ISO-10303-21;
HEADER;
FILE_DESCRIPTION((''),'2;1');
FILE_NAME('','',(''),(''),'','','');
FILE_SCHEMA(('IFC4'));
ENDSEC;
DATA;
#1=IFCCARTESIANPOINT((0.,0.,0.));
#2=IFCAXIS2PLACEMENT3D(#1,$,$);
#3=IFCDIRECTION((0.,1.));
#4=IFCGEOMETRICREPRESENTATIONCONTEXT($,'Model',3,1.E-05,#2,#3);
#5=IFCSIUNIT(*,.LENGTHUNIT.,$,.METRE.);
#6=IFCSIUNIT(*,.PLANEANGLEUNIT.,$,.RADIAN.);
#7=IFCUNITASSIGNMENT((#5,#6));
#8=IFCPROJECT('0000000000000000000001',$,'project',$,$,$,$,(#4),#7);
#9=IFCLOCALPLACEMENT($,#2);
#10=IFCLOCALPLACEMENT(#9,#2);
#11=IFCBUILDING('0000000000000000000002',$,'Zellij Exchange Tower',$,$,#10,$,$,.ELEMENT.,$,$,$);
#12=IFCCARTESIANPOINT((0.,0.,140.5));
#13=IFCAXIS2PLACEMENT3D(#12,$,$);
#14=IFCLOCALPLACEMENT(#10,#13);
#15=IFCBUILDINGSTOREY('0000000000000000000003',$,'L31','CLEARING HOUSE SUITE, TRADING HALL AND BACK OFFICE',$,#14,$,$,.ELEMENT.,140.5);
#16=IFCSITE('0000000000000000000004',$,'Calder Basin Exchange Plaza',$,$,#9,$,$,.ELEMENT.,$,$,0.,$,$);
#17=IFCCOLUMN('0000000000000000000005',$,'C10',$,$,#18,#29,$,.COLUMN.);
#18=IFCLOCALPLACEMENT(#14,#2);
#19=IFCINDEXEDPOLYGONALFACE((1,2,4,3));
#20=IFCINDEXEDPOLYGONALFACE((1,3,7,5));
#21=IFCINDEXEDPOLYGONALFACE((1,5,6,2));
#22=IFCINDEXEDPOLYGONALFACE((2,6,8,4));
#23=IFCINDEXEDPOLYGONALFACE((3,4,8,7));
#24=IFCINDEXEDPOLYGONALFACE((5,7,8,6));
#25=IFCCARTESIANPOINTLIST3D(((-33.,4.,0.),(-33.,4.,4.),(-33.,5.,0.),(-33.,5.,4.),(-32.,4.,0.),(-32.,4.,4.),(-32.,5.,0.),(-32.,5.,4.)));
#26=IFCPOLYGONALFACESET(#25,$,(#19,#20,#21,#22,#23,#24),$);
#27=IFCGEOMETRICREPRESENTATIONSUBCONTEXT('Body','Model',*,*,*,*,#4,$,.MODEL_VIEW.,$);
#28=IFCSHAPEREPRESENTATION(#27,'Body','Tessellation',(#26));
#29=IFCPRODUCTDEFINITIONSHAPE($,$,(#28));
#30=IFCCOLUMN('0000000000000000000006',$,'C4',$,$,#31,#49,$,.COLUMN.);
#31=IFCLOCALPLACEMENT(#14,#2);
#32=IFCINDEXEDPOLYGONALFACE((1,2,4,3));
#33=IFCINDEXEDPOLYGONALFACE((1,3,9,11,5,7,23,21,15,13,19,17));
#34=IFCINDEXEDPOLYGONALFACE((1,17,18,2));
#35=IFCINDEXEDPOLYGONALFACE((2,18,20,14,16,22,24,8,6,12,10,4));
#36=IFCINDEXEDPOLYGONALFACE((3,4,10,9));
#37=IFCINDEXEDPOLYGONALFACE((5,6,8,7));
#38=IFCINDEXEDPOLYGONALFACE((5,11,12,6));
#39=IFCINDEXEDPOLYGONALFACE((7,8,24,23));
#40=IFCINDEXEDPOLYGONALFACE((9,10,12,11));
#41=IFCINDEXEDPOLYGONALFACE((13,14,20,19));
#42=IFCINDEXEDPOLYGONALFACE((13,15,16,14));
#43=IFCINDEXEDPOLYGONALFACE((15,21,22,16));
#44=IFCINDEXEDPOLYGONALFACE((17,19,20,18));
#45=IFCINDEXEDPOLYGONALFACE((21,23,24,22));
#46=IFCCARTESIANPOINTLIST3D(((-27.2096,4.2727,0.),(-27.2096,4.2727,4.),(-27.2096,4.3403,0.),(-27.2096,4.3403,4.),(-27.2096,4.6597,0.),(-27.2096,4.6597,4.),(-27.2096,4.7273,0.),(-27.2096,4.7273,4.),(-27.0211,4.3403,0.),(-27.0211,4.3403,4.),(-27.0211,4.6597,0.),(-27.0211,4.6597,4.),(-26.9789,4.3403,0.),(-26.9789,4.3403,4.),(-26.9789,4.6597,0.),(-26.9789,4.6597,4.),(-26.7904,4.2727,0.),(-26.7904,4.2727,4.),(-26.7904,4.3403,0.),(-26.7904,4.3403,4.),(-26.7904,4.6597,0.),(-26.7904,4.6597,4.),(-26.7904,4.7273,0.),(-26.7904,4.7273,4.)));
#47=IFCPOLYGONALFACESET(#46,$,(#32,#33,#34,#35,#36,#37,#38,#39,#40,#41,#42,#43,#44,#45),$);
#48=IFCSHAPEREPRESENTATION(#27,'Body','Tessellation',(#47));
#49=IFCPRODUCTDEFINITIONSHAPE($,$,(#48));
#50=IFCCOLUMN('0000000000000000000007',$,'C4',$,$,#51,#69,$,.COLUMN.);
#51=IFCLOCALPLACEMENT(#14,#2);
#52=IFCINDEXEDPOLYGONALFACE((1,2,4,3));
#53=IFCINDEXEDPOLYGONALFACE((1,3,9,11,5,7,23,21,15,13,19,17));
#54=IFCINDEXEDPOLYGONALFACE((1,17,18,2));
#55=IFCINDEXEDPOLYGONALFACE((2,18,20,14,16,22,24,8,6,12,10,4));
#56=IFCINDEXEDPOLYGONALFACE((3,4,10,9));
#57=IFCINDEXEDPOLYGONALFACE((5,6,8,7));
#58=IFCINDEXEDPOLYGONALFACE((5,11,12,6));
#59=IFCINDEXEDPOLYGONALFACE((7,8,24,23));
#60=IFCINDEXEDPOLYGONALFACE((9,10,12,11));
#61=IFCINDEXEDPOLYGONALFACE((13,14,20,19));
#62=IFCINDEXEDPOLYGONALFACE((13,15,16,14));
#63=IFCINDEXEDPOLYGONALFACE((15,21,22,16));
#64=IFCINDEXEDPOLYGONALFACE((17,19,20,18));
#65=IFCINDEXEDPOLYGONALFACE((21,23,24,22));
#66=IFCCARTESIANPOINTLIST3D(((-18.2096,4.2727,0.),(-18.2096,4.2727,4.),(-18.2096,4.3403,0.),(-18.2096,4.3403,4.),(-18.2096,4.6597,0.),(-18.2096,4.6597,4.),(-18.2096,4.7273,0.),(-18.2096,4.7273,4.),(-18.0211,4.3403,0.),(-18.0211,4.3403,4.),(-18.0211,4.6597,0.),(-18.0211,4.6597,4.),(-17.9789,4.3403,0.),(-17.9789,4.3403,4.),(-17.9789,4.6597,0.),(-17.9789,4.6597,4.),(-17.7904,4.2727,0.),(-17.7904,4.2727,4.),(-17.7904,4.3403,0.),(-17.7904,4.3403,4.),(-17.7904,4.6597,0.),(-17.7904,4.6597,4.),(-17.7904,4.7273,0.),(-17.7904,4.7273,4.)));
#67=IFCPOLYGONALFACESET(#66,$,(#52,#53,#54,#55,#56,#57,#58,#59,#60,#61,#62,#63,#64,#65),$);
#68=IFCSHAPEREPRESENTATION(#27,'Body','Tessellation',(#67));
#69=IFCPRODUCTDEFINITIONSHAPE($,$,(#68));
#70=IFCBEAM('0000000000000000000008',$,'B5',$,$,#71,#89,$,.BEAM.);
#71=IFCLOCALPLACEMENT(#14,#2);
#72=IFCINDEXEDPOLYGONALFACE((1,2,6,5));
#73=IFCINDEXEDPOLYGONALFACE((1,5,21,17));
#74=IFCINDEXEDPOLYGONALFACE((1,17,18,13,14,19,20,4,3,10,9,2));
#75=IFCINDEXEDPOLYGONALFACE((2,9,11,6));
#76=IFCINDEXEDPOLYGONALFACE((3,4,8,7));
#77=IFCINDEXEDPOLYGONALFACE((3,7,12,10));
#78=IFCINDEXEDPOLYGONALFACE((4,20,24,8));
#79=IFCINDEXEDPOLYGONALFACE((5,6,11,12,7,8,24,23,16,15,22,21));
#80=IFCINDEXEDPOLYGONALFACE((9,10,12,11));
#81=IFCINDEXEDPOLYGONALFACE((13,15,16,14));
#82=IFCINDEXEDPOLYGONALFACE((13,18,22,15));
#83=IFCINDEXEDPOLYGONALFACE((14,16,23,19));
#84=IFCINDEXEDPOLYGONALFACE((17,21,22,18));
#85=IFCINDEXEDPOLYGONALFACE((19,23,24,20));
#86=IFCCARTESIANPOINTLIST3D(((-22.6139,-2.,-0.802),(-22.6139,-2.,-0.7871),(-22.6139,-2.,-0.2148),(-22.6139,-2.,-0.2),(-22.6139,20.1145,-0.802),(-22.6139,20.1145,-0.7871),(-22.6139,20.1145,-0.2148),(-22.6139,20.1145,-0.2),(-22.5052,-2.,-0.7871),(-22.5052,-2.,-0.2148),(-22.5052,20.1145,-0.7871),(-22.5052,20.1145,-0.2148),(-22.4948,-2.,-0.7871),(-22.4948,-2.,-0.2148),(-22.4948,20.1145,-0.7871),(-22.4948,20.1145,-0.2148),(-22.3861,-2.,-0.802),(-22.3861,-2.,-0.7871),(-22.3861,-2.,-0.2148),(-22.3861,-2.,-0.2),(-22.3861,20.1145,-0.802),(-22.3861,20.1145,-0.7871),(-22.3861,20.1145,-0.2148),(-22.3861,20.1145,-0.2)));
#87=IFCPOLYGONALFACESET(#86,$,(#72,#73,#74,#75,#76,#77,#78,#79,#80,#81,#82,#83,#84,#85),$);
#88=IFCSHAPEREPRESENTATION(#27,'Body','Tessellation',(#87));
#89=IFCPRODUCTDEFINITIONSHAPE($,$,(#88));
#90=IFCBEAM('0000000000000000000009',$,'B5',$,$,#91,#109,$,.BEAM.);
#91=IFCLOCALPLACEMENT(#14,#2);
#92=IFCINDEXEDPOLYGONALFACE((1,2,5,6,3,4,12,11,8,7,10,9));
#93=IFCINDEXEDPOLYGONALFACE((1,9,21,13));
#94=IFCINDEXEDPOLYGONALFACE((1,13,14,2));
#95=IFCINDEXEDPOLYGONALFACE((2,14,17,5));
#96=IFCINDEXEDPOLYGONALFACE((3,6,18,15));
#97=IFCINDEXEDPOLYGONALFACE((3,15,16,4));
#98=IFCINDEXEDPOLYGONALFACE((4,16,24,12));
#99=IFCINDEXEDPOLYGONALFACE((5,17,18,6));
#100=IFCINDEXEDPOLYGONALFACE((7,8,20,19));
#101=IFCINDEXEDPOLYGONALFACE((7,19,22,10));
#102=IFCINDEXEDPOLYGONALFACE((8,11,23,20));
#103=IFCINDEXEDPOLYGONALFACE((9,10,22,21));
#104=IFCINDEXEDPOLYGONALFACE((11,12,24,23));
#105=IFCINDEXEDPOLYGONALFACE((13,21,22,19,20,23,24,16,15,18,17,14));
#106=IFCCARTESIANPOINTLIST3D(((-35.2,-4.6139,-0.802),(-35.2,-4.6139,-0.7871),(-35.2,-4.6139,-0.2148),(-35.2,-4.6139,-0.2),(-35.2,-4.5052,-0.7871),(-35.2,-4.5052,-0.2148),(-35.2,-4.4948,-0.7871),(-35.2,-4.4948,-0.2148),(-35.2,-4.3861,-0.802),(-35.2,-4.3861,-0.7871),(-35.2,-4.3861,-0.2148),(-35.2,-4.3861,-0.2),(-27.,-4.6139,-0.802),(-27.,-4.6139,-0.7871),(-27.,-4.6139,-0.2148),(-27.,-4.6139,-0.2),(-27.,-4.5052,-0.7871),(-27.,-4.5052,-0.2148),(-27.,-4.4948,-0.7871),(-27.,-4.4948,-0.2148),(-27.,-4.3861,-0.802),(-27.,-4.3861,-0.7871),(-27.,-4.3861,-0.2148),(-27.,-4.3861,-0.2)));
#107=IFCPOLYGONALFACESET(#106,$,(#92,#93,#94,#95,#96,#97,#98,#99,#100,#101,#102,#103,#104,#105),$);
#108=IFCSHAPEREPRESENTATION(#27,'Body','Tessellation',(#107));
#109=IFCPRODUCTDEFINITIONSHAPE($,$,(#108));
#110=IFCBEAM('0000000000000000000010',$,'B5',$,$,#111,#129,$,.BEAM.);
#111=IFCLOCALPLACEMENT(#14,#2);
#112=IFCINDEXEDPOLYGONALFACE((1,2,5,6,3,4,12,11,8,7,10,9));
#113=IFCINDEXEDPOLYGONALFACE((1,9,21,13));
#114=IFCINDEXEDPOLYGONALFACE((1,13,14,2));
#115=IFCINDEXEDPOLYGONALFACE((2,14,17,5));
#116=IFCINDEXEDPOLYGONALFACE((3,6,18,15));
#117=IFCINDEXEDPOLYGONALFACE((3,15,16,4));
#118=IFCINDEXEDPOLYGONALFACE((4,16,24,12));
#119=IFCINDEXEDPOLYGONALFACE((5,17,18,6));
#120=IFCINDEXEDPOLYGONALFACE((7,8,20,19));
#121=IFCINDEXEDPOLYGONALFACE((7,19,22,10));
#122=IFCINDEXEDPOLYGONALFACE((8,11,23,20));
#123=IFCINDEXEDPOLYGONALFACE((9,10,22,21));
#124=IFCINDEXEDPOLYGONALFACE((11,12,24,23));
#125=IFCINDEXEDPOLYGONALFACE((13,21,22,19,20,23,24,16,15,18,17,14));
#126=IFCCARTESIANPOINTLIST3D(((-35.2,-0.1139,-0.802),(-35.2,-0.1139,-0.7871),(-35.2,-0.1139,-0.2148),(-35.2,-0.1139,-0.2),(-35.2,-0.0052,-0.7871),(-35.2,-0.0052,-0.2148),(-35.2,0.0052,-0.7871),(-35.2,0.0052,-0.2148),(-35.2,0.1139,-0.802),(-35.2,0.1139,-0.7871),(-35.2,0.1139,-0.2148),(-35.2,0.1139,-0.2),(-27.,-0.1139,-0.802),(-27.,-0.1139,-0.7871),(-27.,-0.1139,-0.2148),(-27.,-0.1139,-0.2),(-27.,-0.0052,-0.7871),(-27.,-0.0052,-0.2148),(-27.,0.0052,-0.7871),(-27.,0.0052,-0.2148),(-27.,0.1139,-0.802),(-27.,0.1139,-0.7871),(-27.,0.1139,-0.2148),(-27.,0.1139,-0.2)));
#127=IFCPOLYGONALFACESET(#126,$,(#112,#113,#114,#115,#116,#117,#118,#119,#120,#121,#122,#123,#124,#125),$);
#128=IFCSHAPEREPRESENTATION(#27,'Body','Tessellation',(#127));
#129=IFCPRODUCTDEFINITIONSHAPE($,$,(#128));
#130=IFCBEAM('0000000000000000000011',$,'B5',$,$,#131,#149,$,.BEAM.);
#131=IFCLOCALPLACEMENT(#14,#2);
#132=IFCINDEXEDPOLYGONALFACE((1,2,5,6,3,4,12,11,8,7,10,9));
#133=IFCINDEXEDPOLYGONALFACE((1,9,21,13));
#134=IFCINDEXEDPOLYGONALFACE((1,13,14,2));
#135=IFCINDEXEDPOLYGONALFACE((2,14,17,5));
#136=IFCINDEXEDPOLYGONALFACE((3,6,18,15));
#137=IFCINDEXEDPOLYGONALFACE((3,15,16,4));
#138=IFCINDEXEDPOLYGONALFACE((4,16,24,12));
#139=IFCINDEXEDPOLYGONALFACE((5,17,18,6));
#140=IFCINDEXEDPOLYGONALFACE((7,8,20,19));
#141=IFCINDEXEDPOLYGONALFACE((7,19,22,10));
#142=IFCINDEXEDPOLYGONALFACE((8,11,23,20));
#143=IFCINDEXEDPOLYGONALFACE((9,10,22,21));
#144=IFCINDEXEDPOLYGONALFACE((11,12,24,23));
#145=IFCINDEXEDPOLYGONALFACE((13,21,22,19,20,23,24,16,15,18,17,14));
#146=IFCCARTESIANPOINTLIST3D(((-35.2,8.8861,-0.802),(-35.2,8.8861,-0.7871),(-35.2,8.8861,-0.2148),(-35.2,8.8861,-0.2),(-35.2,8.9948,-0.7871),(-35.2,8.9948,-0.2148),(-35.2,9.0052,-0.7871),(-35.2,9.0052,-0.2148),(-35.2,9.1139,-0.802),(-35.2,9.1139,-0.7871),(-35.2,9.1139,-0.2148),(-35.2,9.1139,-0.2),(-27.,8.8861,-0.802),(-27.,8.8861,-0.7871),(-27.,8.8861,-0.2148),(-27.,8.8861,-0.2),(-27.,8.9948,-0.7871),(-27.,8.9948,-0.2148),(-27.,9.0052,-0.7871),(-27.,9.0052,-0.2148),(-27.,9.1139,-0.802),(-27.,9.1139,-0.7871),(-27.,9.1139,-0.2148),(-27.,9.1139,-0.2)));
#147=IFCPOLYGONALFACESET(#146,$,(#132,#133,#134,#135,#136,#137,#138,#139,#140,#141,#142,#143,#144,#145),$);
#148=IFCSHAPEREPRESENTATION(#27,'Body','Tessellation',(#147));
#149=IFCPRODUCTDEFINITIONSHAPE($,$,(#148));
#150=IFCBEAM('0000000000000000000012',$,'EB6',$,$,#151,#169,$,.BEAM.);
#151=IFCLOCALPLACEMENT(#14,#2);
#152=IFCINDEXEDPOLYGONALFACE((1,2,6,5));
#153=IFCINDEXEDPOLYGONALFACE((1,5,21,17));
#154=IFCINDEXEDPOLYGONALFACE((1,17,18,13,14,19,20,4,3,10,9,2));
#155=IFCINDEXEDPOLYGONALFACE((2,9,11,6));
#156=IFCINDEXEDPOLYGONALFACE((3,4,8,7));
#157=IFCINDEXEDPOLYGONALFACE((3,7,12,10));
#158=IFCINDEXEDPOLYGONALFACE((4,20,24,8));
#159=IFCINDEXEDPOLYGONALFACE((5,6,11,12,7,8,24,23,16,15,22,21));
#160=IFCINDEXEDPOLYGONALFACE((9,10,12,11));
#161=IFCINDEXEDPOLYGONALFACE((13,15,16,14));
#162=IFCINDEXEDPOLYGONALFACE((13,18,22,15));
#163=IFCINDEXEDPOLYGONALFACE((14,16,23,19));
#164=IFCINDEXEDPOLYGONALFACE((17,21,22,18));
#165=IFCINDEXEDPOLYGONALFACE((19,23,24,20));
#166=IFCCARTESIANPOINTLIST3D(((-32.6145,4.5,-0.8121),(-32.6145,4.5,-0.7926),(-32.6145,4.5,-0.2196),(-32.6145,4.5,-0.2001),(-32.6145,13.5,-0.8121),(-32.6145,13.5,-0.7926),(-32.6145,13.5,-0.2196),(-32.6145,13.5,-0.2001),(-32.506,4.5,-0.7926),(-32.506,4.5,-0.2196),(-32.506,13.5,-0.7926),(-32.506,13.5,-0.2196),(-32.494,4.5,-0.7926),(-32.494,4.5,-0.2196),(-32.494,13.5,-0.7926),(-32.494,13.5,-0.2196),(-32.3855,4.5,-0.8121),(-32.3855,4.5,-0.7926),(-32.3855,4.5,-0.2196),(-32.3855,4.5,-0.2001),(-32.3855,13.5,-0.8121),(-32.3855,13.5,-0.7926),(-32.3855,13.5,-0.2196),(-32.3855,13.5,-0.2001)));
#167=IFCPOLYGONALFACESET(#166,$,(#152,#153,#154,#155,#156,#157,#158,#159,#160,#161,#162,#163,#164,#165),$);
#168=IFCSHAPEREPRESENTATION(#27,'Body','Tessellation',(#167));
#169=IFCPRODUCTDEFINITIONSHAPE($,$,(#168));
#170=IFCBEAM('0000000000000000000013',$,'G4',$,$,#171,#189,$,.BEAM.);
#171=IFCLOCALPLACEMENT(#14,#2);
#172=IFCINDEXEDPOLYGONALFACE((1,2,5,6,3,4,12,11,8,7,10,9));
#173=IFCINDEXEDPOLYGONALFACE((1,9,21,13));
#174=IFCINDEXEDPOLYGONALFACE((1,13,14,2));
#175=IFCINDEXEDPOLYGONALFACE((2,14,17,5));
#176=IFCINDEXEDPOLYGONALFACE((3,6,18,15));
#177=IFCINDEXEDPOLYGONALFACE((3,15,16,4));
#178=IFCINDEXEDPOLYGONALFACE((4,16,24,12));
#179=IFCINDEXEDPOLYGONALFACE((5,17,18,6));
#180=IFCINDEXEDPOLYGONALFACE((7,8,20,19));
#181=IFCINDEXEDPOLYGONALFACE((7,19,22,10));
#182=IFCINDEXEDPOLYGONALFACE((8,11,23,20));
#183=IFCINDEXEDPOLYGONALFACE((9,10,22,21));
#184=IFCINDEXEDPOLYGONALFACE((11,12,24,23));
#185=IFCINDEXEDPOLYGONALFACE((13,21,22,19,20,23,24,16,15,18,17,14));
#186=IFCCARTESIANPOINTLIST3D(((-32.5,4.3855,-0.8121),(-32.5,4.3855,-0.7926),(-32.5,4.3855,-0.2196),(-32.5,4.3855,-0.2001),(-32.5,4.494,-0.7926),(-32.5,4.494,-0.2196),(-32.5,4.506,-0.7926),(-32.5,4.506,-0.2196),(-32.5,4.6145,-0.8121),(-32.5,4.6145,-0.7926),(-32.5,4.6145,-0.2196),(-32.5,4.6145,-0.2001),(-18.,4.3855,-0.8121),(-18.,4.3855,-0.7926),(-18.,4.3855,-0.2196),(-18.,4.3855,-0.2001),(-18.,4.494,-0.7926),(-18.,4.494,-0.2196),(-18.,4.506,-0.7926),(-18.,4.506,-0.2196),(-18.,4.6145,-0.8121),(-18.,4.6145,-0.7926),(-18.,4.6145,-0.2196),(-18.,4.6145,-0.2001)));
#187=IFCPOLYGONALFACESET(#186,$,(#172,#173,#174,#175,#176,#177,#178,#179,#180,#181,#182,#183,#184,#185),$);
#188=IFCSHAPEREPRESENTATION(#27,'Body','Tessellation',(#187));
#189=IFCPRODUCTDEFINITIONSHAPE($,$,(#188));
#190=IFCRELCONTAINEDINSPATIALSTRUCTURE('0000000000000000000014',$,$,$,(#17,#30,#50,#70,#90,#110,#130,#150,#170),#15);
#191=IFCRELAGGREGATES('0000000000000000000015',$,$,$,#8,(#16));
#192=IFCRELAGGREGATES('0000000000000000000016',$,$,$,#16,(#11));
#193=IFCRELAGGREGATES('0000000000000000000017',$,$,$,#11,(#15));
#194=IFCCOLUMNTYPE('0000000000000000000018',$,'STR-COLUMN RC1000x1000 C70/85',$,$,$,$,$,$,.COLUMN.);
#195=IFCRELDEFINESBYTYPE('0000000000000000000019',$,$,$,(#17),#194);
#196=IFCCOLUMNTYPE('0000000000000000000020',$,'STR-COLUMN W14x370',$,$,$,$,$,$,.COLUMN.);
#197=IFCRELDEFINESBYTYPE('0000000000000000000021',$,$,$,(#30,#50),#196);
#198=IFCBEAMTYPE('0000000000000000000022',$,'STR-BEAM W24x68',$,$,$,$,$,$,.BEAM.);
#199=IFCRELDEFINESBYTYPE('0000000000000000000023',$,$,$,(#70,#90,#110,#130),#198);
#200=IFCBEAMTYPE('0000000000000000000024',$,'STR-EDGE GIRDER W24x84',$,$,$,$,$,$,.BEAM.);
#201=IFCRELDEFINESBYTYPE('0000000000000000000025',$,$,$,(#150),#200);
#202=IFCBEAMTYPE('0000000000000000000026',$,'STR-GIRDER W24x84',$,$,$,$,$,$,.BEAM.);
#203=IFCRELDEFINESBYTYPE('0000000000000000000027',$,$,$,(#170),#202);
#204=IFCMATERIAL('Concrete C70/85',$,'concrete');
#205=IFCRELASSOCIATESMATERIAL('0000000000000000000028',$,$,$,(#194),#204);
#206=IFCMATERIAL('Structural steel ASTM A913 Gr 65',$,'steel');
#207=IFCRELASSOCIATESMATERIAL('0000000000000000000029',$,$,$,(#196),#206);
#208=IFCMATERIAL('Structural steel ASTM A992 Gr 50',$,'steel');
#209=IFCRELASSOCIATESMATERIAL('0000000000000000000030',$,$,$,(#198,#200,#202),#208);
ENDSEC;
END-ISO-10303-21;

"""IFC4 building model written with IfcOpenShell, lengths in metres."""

from ifc_helpers import new_model, si_unit, direction, frame, origin, origin_2d, place, context, subcontext, project, spatial, rectangle, i_section, extrude, material, material_profile, profile_set, type_object, element, save


model = new_model("IFC4")

# Units and contexts
model_context = context("Model", 3, precision=1e-05, world=origin(), true_north=direction((0.0, 1.0)))
body_context = subcontext(model_context, "Body", "Model", "MODEL_VIEW")
ifc_project = project(units=[si_unit("LENGTHUNIT", "METRE"), si_unit("PLANEANGLEUNIT", "RADIAN")], contexts=[model_context])

# Site, building, storey
site_placement = place(None, origin())
site = spatial("IfcSite", under=ifc_project, at=site_placement, Name="Calder Basin Exchange Plaza", CompositionType="ELEMENT", RefElevation=0.0)
building_placement = place(site_placement, origin())
building = spatial("IfcBuilding", under=site, at=building_placement, Name="Zellij Exchange Tower", CompositionType="ELEMENT")
storey_placement = place(building_placement, frame((0.0, 0.0, 140.5)))
storey = spatial("IfcBuildingStorey", under=building, at=storey_placement, Name="L31", Description="CLEARING HOUSE SUITE, TRADING HALL AND BACK OFFICE", CompositionType="ELEMENT", Elevation=140.5)

# Columns
ifc_material_1 = material(Name="Concrete C70/85", Category="concrete")
ifc_material_profile_1 = material_profile(ifc_material_1, rectangle(XDim=1.0, YDim=1.0, at=origin_2d()), Name="STR-COLUMN RC1000x1000 C70/85")
ifc_profile_set_1 = profile_set([ifc_material_profile_1], Name="Concrete C70/85")
column_type_1 = type_object("IfcColumnType", Name="STR-COLUMN RC1000x1000 C70/85", PredefinedType="COLUMN", material=ifc_profile_set_1)
column_placement = place(storey_placement, frame((-32.5, 4.5, 0.0), z_axis=(0.0, 0.0, 1.0), x_axis=(1.0, 0.0, 0.0)))
element("IfcColumn", 1, at=column_placement, inside=storey, type_object=column_type_1, Name="C10", PredefinedType="COLUMN", context=body_context, shape_type="SweptSolid", body=[
    extrude(rectangle(XDim=1.0, YDim=1.0, at=origin_2d()), origin(), (0.0, 0.0, 1.0), 4.0),
])
ifc_material_2 = material(Name="Structural steel ASTM A913 Gr 65", Category="steel")
ifc_material_profile_2 = material_profile(ifc_material_2, i_section(OverallWidth=0.4192, OverallDepth=0.4546, WebThickness=0.0422, FlangeThickness=0.0676, at=origin_2d()), Name="W14x370")
ifc_profile_set_2 = profile_set([ifc_material_profile_2], Name="Structural steel ASTM A913 Gr 65")
column_type_2 = type_object("IfcColumnType", Name="STR-COLUMN W14x370", PredefinedType="COLUMN", material=ifc_profile_set_2)
for number, where, z_axis, x_axis, name in (
    (2, (-27.0, 4.5, 0.0), (0.0, 0.0, 1.0), (1.0, 0.0, 0.0), "C4"),
    (3, (-18.0, 4.5, 0.0), (0.0, 0.0, 1.0), (1.0, 0.0, 0.0), "C4"),
):
    element("IfcColumn", number, at=place(storey_placement, frame(where, z_axis=z_axis, x_axis=x_axis)), inside=storey, type_object=column_type_2, Name=name, PredefinedType="COLUMN", context=body_context, shape_type="SweptSolid", body=[
        extrude(i_section(OverallWidth=0.4192, OverallDepth=0.4546, WebThickness=0.0422, FlangeThickness=0.0676, at=origin_2d()), origin(), (0.0, 0.0, 1.0), 4.0),
    ])

# Beams
ifc_material_3 = material(Name="Structural steel ASTM A992 Gr 50", Category="steel")
ifc_material_profile_3 = material_profile(ifc_material_3, i_section(OverallWidth=0.2278, OverallDepth=0.6021, WebThickness=0.0105, FlangeThickness=0.0149, at=origin_2d()), Name="W24x68")
ifc_profile_set_3 = profile_set([ifc_material_profile_3], Name="Structural steel ASTM A992 Gr 50")
beam_type_1 = type_object("IfcBeamType", Name="STR-BEAM W24x68", PredefinedType="BEAM", material=ifc_profile_set_3)
beam_1_placement = place(storey_placement, frame((-22.5, -2.0, -0.501), z_axis=(0.0, 1.0, 0.0), x_axis=(-1.0, 0.0, 0.0)))
element("IfcBeam", 4, at=beam_1_placement, inside=storey, type_object=beam_type_1, Name="B5", PredefinedType="BEAM", context=body_context, shape_type="SweptSolid", body=[
    extrude(i_section(OverallWidth=0.2278, OverallDepth=0.6021, WebThickness=0.0105, FlangeThickness=0.0149, at=origin_2d()), origin(), (0.0, 0.0, 1.0), 22.1145),
])
for number, where, z_axis, x_axis, name in (
    (5, (-35.2, -4.5, -0.501), (1.0, 0.0, 0.0), (0.0, 1.0, 0.0), "B5"),
    (6, (-35.2, 0.0, -0.501), (1.0, 0.0, 0.0), (0.0, 1.0, 0.0), "B5"),
    (7, (-35.2, 9.0, -0.501), (1.0, 0.0, 0.0), (0.0, 1.0, 0.0), "B5"),
):
    element("IfcBeam", number, at=place(storey_placement, frame(where, z_axis=z_axis, x_axis=x_axis)), inside=storey, type_object=beam_type_1, Name=name, PredefinedType="BEAM", context=body_context, shape_type="SweptSolid", body=[
        extrude(i_section(OverallWidth=0.2278, OverallDepth=0.6021, WebThickness=0.0105, FlangeThickness=0.0149, at=origin_2d()), origin(), (0.0, 0.0, 1.0), 8.2),
    ])
ifc_material_profile_4 = material_profile(ifc_material_3, i_section(OverallWidth=0.229, OverallDepth=0.6121, WebThickness=0.012, FlangeThickness=0.0195, at=origin_2d()), Name="W24x84")
ifc_profile_set_4 = profile_set([ifc_material_profile_4], Name="Structural steel ASTM A992 Gr 50")
beam_type_2 = type_object("IfcBeamType", Name="STR-EDGE GIRDER W24x84", PredefinedType="BEAM", material=ifc_profile_set_4)
beam_2_placement = place(storey_placement, frame((-32.5, 4.5, -0.5061), z_axis=(0.0, 1.0, 0.0), x_axis=(-1.0, 0.0, 0.0)))
element("IfcBeam", 8, at=beam_2_placement, inside=storey, type_object=beam_type_2, Name="EB6", PredefinedType="BEAM", context=body_context, shape_type="SweptSolid", body=[
    extrude(i_section(OverallWidth=0.229, OverallDepth=0.6121, WebThickness=0.012, FlangeThickness=0.0195, at=origin_2d()), origin(), (0.0, 0.0, 1.0), 9.0),
])
ifc_material_profile_5 = material_profile(ifc_material_3, i_section(OverallWidth=0.229, OverallDepth=0.6121, WebThickness=0.012, FlangeThickness=0.0195, at=origin_2d()), Name="W24x84")
ifc_profile_set_5 = profile_set([ifc_material_profile_5], Name="Structural steel ASTM A992 Gr 50")
beam_type_3 = type_object("IfcBeamType", Name="STR-GIRDER W24x84", PredefinedType="BEAM", material=ifc_profile_set_5)
beam_3_placement = place(storey_placement, frame((-32.5, 4.5, -0.5061), z_axis=(1.0, 0.0, 0.0), x_axis=(0.0, 1.0, 0.0)))
element("IfcBeam", 9, at=beam_3_placement, inside=storey, type_object=beam_type_3, Name="G4", PredefinedType="BEAM", context=body_context, shape_type="SweptSolid", body=[
    extrude(i_section(OverallWidth=0.229, OverallDepth=0.6121, WebThickness=0.012, FlangeThickness=0.0195, at=origin_2d()), origin(), (0.0, 0.0, 1.0), 14.5),
])

save(model, "model.ifc")
